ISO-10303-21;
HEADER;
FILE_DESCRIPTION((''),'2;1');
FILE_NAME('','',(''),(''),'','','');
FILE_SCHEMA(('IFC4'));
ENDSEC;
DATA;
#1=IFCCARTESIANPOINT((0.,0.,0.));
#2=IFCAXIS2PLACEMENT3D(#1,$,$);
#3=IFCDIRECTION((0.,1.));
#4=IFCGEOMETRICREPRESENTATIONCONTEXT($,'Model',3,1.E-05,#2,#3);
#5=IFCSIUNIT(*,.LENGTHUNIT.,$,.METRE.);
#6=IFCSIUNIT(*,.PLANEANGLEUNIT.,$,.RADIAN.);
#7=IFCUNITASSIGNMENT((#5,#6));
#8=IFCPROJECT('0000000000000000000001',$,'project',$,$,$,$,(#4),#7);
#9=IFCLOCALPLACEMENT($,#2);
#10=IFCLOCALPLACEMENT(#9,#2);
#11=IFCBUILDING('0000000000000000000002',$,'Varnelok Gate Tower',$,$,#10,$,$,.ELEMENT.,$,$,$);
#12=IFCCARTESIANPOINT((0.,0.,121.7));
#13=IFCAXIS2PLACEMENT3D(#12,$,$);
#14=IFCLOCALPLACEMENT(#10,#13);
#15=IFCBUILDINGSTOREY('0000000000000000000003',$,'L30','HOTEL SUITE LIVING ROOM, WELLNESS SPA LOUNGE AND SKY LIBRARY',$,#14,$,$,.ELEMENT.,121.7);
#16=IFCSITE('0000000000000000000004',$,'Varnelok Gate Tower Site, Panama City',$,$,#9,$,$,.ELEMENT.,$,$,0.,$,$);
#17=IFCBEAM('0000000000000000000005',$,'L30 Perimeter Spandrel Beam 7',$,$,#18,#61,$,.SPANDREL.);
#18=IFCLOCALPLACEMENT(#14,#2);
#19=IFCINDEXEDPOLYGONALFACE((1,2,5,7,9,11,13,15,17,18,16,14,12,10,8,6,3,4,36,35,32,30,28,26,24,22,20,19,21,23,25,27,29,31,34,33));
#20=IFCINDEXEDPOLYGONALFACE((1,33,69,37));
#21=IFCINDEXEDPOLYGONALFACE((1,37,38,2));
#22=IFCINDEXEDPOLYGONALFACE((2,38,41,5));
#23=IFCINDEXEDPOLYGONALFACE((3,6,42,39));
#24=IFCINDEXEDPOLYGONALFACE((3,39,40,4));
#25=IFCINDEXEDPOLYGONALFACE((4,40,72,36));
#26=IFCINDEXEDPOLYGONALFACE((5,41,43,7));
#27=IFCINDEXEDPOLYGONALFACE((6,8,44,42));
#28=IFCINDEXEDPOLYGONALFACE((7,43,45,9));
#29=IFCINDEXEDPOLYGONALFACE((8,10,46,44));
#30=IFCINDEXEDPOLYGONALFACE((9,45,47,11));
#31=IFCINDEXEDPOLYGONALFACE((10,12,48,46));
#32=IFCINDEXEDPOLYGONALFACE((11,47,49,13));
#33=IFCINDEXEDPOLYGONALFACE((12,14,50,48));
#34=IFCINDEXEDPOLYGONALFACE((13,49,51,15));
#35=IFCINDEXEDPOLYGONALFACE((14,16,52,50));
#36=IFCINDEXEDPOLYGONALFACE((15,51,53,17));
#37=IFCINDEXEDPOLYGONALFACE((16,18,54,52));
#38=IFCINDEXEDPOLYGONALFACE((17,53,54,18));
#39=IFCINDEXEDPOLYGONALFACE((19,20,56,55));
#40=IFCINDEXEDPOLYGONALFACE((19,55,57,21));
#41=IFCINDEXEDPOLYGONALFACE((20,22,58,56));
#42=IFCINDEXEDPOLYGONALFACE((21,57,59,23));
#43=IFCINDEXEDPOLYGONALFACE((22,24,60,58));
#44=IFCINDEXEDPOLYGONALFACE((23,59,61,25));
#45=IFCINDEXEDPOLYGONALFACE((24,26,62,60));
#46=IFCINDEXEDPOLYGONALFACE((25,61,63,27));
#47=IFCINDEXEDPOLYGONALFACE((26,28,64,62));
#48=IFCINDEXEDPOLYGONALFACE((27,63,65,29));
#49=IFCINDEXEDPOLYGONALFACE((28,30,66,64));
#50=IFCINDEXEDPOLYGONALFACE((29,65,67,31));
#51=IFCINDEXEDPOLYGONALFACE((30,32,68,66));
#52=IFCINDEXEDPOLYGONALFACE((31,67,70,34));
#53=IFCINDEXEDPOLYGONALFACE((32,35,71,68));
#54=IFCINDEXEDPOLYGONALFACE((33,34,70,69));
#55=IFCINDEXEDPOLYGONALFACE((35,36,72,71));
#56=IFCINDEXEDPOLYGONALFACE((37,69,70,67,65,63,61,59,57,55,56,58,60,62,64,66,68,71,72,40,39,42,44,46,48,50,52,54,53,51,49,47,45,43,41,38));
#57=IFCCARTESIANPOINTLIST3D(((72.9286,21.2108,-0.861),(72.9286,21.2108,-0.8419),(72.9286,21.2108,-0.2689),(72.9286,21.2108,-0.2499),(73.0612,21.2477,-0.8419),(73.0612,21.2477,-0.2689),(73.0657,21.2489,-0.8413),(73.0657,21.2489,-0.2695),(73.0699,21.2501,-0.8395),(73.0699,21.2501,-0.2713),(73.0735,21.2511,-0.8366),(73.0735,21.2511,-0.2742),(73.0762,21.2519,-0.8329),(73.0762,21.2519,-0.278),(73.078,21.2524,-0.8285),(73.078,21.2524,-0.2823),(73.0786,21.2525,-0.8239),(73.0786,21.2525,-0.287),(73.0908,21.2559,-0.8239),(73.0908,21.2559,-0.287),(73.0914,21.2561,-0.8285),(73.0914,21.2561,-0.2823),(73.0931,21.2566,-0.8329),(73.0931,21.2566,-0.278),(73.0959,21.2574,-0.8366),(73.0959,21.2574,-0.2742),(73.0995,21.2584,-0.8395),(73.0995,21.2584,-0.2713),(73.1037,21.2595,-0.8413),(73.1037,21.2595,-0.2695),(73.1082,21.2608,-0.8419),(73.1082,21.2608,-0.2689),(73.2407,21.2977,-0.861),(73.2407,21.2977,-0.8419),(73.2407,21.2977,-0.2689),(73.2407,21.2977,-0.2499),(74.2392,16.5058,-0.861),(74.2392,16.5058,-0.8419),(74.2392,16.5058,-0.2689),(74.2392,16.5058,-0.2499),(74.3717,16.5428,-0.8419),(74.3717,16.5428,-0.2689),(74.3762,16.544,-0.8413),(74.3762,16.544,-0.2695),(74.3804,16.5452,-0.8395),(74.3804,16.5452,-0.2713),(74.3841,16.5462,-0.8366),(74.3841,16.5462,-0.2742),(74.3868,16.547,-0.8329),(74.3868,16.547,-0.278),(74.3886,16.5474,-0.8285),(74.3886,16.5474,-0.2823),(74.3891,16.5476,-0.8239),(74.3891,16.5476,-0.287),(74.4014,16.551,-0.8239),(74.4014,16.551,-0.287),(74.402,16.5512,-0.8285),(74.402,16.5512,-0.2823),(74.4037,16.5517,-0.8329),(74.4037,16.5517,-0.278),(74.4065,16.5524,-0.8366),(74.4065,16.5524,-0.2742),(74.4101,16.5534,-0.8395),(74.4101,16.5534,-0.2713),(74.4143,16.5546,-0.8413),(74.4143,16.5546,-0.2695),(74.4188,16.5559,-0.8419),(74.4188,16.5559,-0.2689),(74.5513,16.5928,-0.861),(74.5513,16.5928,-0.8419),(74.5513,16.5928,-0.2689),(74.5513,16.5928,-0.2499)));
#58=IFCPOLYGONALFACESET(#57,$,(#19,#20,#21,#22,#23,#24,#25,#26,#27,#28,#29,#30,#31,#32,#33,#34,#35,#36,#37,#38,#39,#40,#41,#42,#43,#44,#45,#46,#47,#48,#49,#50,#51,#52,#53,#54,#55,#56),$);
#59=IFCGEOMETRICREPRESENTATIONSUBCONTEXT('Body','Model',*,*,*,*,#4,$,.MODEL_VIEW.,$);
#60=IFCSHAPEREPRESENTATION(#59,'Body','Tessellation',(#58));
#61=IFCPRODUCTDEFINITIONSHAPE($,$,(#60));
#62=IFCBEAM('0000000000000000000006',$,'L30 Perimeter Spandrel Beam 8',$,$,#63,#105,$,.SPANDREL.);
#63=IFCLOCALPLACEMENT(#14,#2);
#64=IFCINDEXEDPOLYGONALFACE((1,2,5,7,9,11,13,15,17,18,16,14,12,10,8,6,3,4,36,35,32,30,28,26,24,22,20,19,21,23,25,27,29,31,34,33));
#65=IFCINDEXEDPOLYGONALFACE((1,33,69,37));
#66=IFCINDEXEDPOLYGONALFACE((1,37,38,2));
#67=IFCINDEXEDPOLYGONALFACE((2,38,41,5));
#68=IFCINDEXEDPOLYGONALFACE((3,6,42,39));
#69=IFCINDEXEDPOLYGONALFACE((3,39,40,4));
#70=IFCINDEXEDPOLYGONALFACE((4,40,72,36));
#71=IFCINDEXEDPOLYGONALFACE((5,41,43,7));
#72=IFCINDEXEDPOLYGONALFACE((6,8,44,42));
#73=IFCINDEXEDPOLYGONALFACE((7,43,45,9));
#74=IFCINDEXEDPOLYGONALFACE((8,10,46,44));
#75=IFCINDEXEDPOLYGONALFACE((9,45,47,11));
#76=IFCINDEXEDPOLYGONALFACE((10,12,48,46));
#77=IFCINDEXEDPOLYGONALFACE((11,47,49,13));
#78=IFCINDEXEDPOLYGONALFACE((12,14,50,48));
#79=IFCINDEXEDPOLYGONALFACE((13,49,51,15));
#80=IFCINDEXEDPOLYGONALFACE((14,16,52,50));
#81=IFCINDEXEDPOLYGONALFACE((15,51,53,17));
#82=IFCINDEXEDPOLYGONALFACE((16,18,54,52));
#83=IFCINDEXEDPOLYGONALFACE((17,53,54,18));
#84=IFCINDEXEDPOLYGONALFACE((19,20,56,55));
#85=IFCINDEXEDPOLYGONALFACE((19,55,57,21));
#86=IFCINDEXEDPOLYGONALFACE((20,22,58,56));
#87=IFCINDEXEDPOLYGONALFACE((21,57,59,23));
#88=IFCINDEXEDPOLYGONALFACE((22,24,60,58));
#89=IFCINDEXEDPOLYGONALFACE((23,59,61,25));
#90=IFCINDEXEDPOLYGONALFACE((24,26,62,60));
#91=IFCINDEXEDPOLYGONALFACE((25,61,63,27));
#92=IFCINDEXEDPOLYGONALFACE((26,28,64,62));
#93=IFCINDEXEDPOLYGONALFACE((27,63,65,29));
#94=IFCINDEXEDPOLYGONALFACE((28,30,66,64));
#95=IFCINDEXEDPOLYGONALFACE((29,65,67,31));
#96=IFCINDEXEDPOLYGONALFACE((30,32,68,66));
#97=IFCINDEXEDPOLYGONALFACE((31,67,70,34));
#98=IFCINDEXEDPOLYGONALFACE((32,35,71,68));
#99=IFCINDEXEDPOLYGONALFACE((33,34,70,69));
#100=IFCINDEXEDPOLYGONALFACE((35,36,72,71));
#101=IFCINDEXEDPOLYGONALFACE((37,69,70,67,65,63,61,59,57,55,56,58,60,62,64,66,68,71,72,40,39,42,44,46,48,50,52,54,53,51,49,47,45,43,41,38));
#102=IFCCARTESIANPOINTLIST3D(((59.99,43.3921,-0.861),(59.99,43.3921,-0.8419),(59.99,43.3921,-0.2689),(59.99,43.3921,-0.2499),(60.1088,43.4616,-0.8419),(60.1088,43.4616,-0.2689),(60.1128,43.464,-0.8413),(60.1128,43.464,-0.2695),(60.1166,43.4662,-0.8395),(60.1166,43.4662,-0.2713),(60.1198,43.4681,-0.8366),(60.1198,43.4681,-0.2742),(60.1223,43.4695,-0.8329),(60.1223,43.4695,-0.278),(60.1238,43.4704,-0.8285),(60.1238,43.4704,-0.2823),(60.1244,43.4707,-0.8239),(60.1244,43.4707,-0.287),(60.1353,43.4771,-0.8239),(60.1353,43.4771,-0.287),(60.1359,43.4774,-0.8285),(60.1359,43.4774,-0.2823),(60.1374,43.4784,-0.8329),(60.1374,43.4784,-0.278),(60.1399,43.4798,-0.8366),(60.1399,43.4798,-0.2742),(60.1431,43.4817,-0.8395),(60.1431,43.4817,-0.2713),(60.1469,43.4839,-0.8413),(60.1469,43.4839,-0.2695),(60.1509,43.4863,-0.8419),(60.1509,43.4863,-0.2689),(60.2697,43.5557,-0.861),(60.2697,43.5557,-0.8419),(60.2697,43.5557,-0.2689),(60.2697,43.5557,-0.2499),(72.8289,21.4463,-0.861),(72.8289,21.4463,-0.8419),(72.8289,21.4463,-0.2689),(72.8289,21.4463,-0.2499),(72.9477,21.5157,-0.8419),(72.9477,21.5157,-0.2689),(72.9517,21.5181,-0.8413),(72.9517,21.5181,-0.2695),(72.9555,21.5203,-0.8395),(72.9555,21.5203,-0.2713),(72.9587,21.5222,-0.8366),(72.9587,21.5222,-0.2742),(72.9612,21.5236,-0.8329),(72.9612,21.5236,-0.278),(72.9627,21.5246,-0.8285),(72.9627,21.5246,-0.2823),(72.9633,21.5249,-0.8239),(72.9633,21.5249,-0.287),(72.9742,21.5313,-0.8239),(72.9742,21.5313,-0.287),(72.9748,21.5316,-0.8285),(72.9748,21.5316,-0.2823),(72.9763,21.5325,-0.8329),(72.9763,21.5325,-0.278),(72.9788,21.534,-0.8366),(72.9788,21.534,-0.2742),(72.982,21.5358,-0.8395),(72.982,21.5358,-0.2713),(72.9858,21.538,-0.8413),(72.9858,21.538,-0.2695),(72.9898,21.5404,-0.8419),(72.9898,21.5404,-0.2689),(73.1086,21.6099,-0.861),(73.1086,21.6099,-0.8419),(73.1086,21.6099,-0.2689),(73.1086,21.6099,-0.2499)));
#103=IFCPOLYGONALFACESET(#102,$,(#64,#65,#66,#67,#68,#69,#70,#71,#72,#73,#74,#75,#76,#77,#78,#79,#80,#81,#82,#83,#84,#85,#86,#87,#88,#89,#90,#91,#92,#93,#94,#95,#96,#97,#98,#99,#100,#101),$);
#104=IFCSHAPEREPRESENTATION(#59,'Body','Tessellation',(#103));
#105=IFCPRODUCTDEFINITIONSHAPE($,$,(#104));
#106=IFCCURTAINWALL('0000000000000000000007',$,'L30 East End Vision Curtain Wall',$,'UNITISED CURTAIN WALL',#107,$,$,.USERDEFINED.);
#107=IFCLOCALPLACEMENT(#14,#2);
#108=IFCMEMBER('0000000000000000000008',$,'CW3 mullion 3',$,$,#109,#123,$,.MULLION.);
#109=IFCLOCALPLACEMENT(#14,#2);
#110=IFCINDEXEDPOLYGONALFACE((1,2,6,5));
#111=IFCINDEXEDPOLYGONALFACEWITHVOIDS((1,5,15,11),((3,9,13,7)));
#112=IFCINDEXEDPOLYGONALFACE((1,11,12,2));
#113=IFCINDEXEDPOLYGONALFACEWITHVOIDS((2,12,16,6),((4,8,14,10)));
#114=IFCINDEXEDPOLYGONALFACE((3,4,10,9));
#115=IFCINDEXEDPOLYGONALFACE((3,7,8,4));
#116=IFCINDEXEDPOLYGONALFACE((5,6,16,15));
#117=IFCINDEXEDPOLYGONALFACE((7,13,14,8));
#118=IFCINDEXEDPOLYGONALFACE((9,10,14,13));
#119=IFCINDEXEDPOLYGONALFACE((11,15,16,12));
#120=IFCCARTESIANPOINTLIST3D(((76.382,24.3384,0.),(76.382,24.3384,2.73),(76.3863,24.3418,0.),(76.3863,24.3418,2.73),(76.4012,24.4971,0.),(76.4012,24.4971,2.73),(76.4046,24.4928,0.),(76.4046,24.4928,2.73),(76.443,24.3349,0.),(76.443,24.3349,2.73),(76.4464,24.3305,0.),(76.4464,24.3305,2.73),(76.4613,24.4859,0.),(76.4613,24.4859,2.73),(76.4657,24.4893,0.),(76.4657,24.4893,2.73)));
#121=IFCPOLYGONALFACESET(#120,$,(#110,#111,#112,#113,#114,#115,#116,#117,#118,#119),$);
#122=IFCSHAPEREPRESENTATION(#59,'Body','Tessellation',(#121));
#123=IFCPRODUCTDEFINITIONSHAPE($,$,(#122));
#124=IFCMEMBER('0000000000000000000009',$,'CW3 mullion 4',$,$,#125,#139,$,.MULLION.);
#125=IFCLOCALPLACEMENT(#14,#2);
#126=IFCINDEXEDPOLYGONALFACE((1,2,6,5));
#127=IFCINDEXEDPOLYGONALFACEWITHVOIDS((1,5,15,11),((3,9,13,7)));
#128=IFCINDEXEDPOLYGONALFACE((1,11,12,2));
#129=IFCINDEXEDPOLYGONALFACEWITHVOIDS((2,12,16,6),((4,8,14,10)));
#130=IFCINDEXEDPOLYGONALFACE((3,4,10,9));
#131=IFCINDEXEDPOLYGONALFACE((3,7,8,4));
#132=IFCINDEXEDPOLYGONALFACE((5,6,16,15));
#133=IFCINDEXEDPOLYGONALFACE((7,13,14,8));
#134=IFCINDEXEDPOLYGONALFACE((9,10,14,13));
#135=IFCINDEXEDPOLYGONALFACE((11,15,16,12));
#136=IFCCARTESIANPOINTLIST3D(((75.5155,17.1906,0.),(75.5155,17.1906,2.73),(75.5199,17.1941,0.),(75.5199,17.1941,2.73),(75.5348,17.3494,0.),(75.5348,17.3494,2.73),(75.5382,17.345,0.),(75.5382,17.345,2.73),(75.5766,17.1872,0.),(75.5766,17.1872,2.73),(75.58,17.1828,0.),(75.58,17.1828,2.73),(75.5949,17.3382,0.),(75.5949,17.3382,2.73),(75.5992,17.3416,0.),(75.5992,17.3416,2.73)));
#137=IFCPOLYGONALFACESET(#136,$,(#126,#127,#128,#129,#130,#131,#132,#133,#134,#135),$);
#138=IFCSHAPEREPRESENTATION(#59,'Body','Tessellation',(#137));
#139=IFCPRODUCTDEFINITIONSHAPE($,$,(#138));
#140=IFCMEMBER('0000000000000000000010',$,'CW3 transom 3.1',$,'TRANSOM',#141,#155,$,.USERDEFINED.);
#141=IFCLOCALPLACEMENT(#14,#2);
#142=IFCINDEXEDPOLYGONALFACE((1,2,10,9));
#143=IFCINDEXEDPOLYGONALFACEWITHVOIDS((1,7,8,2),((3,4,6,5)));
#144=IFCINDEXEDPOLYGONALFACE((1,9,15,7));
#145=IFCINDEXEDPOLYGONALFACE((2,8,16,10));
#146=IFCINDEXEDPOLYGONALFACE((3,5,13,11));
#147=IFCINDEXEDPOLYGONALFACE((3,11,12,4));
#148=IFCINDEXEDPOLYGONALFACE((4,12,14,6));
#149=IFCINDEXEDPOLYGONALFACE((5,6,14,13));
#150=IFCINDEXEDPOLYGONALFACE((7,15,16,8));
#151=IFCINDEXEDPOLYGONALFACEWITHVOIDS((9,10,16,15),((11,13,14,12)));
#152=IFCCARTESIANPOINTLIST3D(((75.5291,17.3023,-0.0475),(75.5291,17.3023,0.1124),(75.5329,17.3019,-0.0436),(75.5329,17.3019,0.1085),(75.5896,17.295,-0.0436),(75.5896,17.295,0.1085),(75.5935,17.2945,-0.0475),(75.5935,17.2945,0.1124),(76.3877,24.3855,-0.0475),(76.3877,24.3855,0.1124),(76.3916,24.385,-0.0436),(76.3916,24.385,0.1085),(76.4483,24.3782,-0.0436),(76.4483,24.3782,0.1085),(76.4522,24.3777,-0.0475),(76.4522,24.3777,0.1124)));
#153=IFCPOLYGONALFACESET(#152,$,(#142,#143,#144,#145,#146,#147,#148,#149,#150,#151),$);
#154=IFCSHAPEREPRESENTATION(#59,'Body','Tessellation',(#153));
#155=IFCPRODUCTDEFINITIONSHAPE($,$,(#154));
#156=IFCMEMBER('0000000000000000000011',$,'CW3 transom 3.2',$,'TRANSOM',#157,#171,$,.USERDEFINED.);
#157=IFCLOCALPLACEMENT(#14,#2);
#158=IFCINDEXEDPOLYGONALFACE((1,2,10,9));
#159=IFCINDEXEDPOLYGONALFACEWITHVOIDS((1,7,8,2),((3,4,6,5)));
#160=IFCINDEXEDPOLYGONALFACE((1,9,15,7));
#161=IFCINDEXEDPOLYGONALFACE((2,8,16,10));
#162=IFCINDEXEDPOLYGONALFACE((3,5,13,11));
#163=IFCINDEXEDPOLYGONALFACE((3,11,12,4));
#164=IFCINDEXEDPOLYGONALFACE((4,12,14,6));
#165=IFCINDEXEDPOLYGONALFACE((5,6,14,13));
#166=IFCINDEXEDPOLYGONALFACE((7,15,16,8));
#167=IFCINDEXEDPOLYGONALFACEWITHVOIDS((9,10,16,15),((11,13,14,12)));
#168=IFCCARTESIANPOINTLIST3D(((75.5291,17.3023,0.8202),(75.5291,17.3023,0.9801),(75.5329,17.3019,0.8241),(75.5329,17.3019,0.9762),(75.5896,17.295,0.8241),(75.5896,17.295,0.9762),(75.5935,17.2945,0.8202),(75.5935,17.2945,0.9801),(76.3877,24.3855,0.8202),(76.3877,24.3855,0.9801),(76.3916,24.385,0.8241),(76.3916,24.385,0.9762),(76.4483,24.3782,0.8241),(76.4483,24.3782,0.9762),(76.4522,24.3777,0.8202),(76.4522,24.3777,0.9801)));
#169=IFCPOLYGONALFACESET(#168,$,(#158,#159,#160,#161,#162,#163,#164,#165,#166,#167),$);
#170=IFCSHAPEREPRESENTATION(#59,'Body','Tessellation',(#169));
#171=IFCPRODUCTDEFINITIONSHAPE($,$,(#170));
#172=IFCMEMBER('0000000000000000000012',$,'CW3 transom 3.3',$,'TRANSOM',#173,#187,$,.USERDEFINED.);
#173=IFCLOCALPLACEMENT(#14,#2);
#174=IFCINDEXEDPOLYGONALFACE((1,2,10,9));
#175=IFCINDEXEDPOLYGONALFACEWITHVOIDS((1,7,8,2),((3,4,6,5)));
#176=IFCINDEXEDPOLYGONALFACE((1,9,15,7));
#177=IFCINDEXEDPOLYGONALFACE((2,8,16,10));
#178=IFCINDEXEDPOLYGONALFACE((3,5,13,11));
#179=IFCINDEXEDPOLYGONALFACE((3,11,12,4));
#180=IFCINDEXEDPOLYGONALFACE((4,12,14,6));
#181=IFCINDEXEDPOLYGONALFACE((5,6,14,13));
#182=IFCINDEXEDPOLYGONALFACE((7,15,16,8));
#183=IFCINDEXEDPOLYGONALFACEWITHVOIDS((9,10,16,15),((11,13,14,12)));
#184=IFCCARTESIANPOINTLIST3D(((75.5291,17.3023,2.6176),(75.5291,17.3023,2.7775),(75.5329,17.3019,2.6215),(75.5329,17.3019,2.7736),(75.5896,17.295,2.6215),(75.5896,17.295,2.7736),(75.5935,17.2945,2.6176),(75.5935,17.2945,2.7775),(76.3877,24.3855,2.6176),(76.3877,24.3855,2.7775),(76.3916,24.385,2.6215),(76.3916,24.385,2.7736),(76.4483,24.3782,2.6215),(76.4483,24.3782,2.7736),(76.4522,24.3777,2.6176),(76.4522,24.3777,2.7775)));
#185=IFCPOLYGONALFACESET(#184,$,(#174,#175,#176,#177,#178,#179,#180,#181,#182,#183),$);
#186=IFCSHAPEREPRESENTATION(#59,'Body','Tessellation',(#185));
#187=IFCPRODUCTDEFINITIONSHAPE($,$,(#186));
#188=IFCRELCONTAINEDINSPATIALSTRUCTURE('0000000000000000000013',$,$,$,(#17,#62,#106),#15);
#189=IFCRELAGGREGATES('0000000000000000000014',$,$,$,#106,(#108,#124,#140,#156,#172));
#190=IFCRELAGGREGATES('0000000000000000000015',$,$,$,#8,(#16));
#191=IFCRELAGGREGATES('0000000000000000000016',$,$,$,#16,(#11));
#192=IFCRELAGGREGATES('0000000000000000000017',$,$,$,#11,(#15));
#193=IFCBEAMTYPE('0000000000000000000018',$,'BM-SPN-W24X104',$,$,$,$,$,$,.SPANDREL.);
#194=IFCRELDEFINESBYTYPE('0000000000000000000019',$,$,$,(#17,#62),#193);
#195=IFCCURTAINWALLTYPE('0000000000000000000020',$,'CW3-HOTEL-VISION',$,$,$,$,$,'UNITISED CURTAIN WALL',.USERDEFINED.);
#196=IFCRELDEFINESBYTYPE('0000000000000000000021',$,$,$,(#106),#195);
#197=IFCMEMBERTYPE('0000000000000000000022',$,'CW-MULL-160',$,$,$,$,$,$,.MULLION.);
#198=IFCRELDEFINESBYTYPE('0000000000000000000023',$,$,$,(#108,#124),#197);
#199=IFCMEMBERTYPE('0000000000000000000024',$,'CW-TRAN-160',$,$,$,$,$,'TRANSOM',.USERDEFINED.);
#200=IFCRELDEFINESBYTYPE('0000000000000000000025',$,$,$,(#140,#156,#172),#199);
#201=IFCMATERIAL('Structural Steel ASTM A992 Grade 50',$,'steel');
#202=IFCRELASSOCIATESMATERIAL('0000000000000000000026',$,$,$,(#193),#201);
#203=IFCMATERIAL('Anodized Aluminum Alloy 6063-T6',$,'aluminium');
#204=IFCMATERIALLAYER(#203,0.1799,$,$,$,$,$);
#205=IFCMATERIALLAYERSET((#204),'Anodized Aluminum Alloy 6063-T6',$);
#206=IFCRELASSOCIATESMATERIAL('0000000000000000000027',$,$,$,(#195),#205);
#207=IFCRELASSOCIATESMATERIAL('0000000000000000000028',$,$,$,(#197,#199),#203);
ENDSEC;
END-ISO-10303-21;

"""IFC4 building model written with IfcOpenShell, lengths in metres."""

from ifc_helpers import new_model, si_unit, direction, frame, origin, origin_2d, place, context, subcontext, project, spatial, hollow_rectangle, i_section, extrude, material, layer, layer_set, material_profile, profile_set, type_object, element, aggregate, save


model = new_model("IFC4")

# Units and contexts
model_context = context("Model", 3, precision=1e-05, world=origin(), true_north=direction((0.0, 1.0)))
body_context = subcontext(model_context, "Body", "Model", "MODEL_VIEW")
ifc_project = project(units=[si_unit("LENGTHUNIT", "METRE"), si_unit("PLANEANGLEUNIT", "RADIAN")], contexts=[model_context])

# Site, building, storey
site_placement = place(None, origin())
site = spatial("IfcSite", under=ifc_project, at=site_placement, Name="Varnelok Gate Tower Site, Panama City", CompositionType="ELEMENT", RefElevation=0.0)
building_placement = place(site_placement, origin())
building = spatial("IfcBuilding", under=site, at=building_placement, Name="Varnelok Gate Tower", CompositionType="ELEMENT")
storey_placement = place(building_placement, frame((0.0, 0.0, 121.7)))
storey = spatial("IfcBuildingStorey", under=building, at=storey_placement, Name="L30", Description="HOTEL SUITE LIVING ROOM, WELLNESS SPA LOUNGE AND SKY LIBRARY", CompositionType="ELEMENT", Elevation=121.7)

# Shared definitions
ifc_material_1 = material(Name="Structural Steel ASTM A992 Grade 50", Category="steel")

# Beams
ifc_material_profile_1 = material_profile(ifc_material_1, i_section(OverallWidth=0.324, OverallDepth=0.6111, WebThickness=0.0127, FlangeThickness=0.019, FilletRadius=0.0181, at=origin_2d()), Name="W24X104")
ifc_profile_set_1 = profile_set([ifc_material_profile_1], Name="Structural Steel ASTM A992 Grade 50")
beam_type_1 = type_object("IfcBeamType", Name="BM-SPN-W24X104", PredefinedType="SPANDREL", material=ifc_profile_set_1)
beam_1_placement = place(storey_placement, frame((74.3953, 16.5493, -0.5554), z_axis=(-0.268337, 0.963325, 0.0), x_axis=(-0.963325, -0.268337, 0.0)))
element("IfcBeam", 1, at=beam_1_placement, inside=storey, type_object=beam_type_1, Name="L30 Perimeter Spandrel Beam 7", PredefinedType="SPANDREL", context=body_context, shape_type="SweptSolid", body=[
    extrude(i_section(OverallWidth=0.324, OverallDepth=0.6111, WebThickness=0.0127, FlangeThickness=0.019, FilletRadius=0.0181, at=origin_2d()), origin(), (0.0, 0.0, 1.0), 4.884),
])
beam_2_placement = place(storey_placement, frame((72.9688, 21.5281, -0.5554), z_axis=(-0.504961, 0.863142, 0.0), x_axis=(-0.863142, -0.504961, 0.0)))
element("IfcBeam", 2, at=beam_2_placement, inside=storey, type_object=beam_type_1, Name="L30 Perimeter Spandrel Beam 8", PredefinedType="SPANDREL", context=body_context, shape_type="SweptSolid", body=[
    extrude(i_section(OverallWidth=0.324, OverallDepth=0.6111, WebThickness=0.0127, FlangeThickness=0.019, FilletRadius=0.0181, at=origin_2d()), origin(), (0.0, 0.0, 1.0), 25.4255),
])

# Curtain wall, members
ifc_material_2 = material(Name="Anodized Aluminum Alloy 6063-T6", Category="aluminium")
ifc_layer_1 = layer(ifc_material_2, 0.1799)
ifc_layer_set_1 = layer_set([ifc_layer_1], Name="Anodized Aluminum Alloy 6063-T6")
curtain_wall_type = type_object("IfcCurtainWallType", Name="CW3-HOTEL-VISION", ElementType="UNITISED CURTAIN WALL", PredefinedType="USERDEFINED", material=ifc_layer_set_1)
curtain_wall_placement = place(storey_placement, origin())
curtain_wall = element("IfcCurtainWall", 3, at=curtain_wall_placement, inside=storey, type_object=curtain_wall_type, Name="L30 East End Vision Curtain Wall", ObjectType="UNITISED CURTAIN WALL", PredefinedType="USERDEFINED")
ifc_material_profile_2 = material_profile(ifc_material_2, hollow_rectangle(XDim=0.0649, YDim=0.1599, WallThickness=0.0039, at=origin_2d()), Name="ALU160X65X4")
ifc_profile_set_2 = profile_set([ifc_material_profile_2], Name="Anodized Aluminum Alloy 6063-T6")
member_type_1 = type_object("IfcMemberType", Name="CW-MULL-160", PredefinedType="MULLION", material=ifc_profile_set_2)
member_1_placement = place(storey_placement, frame((76.4238, 24.4138, 0.0), z_axis=(0.0, 0.0, 1.0), x_axis=(0.992732, -0.120347, 0.0)))
member_1 = element("IfcMember", 4, at=member_1_placement, type_object=member_type_1, Name="CW3 mullion 3", PredefinedType="MULLION", context=body_context, shape_type="SweptSolid", body=[
    extrude(hollow_rectangle(XDim=0.0649, YDim=0.1599, WallThickness=0.0039, at=origin_2d()), origin(), (0.0, 0.0, 1.0), 2.73),
])
member_2_placement = place(storey_placement, frame((75.5574, 17.2661, 0.0), z_axis=(0.0, 0.0, 1.0), x_axis=(0.992732, -0.120347, 0.0)))
member_2 = element("IfcMember", 5, at=member_2_placement, type_object=member_type_1, Name="CW3 mullion 4", PredefinedType="MULLION", context=body_context, shape_type="SweptSolid", body=[
    extrude(hollow_rectangle(XDim=0.0649, YDim=0.1599, WallThickness=0.0039, at=origin_2d()), origin(), (0.0, 0.0, 1.0), 2.73),
])
ifc_material_profile_3 = material_profile(ifc_material_2, hollow_rectangle(XDim=0.0649, YDim=0.1599, WallThickness=0.0039, at=origin_2d()), Name="ALU160X65X4")
ifc_profile_set_3 = profile_set([ifc_material_profile_3], Name="Anodized Aluminum Alloy 6063-T6")
member_type_2 = type_object("IfcMemberType", Name="CW-TRAN-160", ElementType="TRANSOM", PredefinedType="USERDEFINED", material=ifc_profile_set_3)
member_3_placement = place(storey_placement, frame((76.4199, 24.3816, 0.0325), z_axis=(-0.120341, -0.992733, 0.0), x_axis=(0.992733, -0.120341, 0.0)))
member_3 = element("IfcMember", 6, at=member_3_placement, type_object=member_type_2, Name="CW3 transom 3.1", ObjectType="TRANSOM", PredefinedType="USERDEFINED", context=body_context, shape_type="SweptSolid", body=[
    extrude(hollow_rectangle(XDim=0.0649, YDim=0.1599, WallThickness=0.0039, at=origin_2d()), origin(), (0.0, 0.0, 1.0), 7.135),
])
member_4_placement = place(storey_placement, frame((76.4199, 24.3816, 0.9001), z_axis=(-0.120341, -0.992733, 0.0), x_axis=(0.992733, -0.120341, 0.0)))
member_4 = element("IfcMember", 7, at=member_4_placement, type_object=member_type_2, Name="CW3 transom 3.2", ObjectType="TRANSOM", PredefinedType="USERDEFINED", context=body_context, shape_type="SweptSolid", body=[
    extrude(hollow_rectangle(XDim=0.0649, YDim=0.1599, WallThickness=0.0039, at=origin_2d()), origin(), (0.0, 0.0, 1.0), 7.135),
])
member_5_placement = place(storey_placement, frame((76.4199, 24.3816, 2.6975), z_axis=(-0.120341, -0.992733, 0.0), x_axis=(0.992733, -0.120341, 0.0)))
member_5 = element("IfcMember", 8, at=member_5_placement, type_object=member_type_2, Name="CW3 transom 3.3", ObjectType="TRANSOM", PredefinedType="USERDEFINED", context=body_context, shape_type="SweptSolid", body=[
    extrude(hollow_rectangle(XDim=0.0649, YDim=0.1599, WallThickness=0.0039, at=origin_2d()), origin(), (0.0, 0.0, 1.0), 7.135),
])
aggregate(curtain_wall, [member_1, member_2, member_3, member_4, member_5])

save(model, "model.ifc")
